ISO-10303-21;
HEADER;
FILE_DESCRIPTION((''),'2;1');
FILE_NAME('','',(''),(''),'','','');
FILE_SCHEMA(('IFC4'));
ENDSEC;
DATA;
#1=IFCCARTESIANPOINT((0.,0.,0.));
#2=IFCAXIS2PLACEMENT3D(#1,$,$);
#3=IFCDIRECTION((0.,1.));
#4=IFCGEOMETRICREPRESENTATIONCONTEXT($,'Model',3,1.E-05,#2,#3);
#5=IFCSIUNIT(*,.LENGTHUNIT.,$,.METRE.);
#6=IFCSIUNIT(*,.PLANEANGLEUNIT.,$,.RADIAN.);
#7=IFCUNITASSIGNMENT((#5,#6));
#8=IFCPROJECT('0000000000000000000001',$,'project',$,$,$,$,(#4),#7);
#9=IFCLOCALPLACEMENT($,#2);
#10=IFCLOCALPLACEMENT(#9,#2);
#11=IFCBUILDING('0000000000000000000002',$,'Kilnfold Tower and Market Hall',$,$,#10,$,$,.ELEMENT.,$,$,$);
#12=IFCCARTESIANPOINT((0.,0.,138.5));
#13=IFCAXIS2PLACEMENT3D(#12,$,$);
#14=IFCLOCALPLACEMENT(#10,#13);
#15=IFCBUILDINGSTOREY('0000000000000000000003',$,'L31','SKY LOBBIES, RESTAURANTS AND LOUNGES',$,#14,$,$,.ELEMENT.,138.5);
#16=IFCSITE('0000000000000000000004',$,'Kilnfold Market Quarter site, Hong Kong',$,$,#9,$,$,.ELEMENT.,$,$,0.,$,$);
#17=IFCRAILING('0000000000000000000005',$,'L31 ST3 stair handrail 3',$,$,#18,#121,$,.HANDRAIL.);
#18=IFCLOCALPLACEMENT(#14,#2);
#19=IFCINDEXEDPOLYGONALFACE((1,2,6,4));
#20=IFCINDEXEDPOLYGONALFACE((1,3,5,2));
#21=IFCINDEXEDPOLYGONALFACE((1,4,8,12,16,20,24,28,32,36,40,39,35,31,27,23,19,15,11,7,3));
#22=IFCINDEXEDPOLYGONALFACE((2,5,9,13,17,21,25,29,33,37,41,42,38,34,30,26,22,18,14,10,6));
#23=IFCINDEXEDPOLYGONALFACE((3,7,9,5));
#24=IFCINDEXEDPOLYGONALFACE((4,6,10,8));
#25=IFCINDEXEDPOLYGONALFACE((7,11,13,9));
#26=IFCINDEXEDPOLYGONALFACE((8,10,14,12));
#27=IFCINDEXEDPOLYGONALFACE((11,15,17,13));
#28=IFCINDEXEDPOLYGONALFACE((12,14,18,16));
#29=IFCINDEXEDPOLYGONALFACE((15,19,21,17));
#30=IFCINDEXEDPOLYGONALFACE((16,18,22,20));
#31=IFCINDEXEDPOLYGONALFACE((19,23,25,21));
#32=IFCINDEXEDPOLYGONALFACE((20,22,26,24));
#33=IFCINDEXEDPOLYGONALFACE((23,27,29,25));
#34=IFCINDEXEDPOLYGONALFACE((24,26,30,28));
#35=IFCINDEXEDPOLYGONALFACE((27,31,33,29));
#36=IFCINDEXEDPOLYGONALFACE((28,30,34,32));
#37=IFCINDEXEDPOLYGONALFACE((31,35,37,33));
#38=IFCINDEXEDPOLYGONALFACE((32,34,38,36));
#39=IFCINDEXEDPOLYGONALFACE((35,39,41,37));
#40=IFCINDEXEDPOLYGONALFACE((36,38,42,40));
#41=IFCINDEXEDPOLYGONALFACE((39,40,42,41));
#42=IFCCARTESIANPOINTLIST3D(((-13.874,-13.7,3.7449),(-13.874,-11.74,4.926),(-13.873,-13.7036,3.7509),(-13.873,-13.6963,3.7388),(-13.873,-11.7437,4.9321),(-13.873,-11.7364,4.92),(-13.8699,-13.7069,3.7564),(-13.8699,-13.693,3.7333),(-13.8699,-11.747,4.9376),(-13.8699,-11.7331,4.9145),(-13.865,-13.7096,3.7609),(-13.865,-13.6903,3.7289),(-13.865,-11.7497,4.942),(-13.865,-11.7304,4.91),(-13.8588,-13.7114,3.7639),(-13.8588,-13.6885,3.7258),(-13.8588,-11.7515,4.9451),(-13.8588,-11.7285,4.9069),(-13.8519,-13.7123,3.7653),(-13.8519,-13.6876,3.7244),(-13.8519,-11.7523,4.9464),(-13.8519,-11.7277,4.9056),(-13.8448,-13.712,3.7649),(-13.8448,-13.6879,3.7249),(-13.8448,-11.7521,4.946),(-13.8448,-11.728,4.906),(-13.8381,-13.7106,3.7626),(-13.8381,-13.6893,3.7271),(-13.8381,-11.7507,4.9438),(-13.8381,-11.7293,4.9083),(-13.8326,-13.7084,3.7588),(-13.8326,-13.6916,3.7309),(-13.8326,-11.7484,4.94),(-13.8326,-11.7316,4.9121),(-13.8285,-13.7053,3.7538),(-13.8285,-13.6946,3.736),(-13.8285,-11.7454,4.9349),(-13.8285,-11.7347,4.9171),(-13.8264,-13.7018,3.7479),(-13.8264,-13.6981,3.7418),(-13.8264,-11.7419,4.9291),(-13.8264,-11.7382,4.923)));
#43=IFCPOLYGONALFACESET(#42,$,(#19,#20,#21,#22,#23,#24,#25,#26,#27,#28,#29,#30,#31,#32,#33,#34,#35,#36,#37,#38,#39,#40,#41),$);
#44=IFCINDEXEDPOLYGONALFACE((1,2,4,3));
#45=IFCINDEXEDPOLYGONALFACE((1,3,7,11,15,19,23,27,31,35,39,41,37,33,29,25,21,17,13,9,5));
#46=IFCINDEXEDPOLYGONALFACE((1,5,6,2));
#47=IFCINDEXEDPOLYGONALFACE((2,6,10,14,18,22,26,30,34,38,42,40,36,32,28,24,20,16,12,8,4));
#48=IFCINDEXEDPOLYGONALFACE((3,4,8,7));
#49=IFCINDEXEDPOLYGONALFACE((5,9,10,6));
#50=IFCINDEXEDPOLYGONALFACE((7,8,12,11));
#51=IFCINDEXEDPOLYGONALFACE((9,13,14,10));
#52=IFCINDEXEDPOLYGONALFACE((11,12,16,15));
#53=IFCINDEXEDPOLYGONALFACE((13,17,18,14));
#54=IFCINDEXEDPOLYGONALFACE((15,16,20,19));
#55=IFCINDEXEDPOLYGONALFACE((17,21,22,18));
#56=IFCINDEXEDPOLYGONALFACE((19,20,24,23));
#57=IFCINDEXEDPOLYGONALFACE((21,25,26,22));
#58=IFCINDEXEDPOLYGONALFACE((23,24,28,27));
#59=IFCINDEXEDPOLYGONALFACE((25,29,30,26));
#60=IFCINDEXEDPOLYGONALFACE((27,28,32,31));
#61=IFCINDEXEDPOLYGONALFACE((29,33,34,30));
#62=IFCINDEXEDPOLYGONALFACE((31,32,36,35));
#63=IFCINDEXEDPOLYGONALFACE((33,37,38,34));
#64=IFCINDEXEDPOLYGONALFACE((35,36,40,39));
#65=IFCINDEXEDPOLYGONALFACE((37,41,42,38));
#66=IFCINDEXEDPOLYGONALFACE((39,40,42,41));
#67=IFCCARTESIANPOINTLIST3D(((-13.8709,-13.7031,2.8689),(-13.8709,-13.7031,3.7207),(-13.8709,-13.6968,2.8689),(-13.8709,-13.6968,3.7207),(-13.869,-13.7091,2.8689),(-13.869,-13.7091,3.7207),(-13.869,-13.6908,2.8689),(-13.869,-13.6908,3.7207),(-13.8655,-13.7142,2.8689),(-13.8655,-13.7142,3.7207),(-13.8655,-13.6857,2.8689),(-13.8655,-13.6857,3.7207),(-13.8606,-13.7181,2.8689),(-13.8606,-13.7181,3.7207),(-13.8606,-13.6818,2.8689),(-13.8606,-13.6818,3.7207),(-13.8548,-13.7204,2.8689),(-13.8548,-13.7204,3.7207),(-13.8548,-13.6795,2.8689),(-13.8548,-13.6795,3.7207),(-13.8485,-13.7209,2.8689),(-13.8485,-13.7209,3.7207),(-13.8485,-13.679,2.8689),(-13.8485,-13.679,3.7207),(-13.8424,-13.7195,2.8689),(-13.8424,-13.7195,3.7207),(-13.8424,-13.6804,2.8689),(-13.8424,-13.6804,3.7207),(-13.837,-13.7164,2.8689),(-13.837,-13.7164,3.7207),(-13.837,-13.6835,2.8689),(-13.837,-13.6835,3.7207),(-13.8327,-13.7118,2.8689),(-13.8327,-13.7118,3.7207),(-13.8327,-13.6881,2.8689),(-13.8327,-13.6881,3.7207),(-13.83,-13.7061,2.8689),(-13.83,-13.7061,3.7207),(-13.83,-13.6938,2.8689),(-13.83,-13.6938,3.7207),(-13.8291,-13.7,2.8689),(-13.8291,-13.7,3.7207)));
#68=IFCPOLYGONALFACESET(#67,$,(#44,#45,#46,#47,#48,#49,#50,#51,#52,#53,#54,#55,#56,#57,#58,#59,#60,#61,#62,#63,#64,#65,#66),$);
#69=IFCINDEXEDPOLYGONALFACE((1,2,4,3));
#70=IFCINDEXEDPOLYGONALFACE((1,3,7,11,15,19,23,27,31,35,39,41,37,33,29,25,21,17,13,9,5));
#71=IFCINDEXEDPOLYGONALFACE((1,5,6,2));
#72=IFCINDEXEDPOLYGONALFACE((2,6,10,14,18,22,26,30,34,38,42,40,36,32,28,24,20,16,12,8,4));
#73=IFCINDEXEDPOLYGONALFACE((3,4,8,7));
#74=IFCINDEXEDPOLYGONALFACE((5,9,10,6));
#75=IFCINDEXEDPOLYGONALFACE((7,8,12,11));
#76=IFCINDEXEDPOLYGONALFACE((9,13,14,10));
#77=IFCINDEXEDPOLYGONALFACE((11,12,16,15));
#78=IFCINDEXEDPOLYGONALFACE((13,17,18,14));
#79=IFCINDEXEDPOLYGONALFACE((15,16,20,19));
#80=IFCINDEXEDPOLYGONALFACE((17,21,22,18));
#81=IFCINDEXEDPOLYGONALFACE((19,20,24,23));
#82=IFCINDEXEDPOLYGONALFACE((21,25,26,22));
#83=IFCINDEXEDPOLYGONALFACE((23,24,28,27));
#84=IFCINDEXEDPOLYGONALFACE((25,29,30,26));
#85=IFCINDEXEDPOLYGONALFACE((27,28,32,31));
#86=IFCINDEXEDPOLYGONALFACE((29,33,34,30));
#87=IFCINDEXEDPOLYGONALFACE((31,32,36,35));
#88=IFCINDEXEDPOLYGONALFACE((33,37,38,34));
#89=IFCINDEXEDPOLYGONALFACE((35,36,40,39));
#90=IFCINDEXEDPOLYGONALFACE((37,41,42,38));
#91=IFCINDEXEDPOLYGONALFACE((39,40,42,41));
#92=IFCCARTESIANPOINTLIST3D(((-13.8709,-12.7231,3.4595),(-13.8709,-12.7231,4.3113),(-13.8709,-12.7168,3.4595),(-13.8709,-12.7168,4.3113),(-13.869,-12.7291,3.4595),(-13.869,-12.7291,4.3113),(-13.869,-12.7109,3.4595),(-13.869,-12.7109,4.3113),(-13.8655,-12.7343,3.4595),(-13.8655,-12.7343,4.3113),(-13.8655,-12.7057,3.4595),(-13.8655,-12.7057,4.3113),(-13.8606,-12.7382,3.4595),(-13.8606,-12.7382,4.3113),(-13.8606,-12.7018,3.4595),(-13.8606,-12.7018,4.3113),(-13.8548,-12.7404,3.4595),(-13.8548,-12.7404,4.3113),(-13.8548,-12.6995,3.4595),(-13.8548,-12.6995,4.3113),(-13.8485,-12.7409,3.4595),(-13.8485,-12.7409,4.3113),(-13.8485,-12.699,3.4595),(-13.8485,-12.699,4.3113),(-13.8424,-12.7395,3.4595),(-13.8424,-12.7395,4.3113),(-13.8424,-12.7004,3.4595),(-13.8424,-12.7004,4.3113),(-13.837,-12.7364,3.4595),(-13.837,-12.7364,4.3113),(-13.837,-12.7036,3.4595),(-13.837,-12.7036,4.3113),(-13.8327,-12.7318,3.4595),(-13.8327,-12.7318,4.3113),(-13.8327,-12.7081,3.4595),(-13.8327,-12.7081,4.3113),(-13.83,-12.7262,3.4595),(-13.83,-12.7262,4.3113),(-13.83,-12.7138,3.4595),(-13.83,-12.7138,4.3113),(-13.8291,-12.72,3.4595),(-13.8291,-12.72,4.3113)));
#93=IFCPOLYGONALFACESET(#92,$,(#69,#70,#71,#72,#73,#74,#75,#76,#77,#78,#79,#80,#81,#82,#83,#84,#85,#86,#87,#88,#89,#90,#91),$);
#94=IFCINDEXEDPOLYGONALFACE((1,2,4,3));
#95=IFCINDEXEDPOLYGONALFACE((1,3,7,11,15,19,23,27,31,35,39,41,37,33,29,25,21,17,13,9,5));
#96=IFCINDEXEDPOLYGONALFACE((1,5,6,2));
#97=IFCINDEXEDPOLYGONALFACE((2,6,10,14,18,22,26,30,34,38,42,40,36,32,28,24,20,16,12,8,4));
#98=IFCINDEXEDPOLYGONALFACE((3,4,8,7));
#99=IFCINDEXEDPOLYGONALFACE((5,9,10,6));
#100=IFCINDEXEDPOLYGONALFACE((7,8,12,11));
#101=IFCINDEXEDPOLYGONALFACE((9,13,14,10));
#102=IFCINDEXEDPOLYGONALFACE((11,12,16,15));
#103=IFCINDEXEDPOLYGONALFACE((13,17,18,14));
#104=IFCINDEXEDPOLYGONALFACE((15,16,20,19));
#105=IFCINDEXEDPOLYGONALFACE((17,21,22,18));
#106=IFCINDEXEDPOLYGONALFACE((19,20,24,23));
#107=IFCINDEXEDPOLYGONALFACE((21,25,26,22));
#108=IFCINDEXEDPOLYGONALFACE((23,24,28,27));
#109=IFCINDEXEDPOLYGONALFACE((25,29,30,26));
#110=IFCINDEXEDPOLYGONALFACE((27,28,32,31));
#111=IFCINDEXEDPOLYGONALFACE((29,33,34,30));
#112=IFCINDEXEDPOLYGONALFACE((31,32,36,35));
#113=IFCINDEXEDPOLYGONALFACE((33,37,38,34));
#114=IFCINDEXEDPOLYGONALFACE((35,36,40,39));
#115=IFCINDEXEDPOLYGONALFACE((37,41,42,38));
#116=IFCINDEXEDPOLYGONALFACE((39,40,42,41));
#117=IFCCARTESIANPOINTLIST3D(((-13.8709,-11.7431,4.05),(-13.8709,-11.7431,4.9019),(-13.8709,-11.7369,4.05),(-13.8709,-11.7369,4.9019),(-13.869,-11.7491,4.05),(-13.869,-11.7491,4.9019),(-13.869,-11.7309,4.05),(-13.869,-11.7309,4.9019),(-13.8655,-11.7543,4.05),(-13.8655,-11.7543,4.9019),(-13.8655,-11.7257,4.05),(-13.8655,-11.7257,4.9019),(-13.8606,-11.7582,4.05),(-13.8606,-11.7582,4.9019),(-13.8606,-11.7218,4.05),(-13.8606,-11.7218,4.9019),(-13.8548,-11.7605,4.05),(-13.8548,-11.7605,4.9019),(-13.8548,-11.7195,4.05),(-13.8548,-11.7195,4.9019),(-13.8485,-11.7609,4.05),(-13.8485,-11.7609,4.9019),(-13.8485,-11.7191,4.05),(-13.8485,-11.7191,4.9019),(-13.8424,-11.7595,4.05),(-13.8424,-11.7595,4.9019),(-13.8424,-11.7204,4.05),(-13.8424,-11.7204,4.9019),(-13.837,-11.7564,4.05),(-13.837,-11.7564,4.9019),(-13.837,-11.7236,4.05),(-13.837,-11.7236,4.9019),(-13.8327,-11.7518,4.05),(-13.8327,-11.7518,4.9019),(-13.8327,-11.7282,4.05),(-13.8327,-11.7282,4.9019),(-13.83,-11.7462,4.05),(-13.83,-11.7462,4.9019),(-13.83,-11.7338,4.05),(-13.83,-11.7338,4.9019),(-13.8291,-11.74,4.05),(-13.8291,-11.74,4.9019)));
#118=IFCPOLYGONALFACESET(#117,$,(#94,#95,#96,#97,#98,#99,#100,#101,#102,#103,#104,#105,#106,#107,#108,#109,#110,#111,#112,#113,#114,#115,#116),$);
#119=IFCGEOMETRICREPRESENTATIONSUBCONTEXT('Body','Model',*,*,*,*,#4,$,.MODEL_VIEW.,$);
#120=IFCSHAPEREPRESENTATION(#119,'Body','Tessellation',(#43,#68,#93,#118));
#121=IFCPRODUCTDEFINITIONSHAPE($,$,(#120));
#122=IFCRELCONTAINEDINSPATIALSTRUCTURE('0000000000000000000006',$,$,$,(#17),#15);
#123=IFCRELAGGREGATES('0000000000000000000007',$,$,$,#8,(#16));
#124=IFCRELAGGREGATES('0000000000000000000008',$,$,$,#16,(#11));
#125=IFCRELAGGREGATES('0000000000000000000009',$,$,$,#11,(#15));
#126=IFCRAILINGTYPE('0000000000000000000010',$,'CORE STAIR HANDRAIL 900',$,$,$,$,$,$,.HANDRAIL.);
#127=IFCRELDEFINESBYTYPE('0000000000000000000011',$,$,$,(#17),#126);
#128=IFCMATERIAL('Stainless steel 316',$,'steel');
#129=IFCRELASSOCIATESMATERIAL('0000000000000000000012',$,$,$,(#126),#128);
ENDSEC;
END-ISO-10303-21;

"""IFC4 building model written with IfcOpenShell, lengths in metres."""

from ifc_helpers import new_model, si_unit, direction, frame, origin, origin_2d, place, context, subcontext, project, spatial, circle, extrude, material, type_object, element, save


model = new_model("IFC4")

# Units and contexts
model_context = context("Model", 3, precision=1e-05, world=origin(), true_north=direction((0.0, 1.0)))
body_context = subcontext(model_context, "Body", "Model", "MODEL_VIEW")
ifc_project = project(units=[si_unit("LENGTHUNIT", "METRE"), si_unit("PLANEANGLEUNIT", "RADIAN")], contexts=[model_context])

# Site, building, storey
site_placement = place(None, origin())
site = spatial("IfcSite", under=ifc_project, at=site_placement, Name="Kilnfold Market Quarter site, Hong Kong", CompositionType="ELEMENT", RefElevation=0.0)
building_placement = place(site_placement, origin())
building = spatial("IfcBuilding", under=site, at=building_placement, Name="Kilnfold Tower and Market Hall", CompositionType="ELEMENT")
storey_placement = place(building_placement, frame((0.0, 0.0, 138.5)))
storey = spatial("IfcBuildingStorey", under=building, at=storey_placement, Name="L31", Description="SKY LOBBIES, RESTAURANTS AND LOUNGES", CompositionType="ELEMENT", Elevation=138.5)

# Railing
ifc_material_1 = material(Name="Stainless steel 316", Category="steel")
railing_type_1 = type_object("IfcRailingType", Name="CORE STAIR HANDRAIL 900", PredefinedType="HANDRAIL", material=ifc_material_1)
railing_1_placement = place(storey_placement, frame((-13.8501, -13.7, 2.8689)))
element("IfcRailing", 1, at=railing_1_placement, inside=storey, type_object=railing_type_1, Name="L31 ST3 stair handrail 3", PredefinedType="HANDRAIL", context=body_context, shape_type="SweptSolid", body=[
    extrude(circle(Radius=0.0239, at=origin_2d()), frame((0.0, 0.0, 0.876), z_axis=(0.0, 0.856493, 0.516158), x_axis=(-1.0, 0.0, 0.0)), (0.0, 0.0, 1.0), 2.2883),
    extrude(circle(Radius=0.021, at=origin_2d()), origin(), (0.0, 0.0, 1.0), 0.8518),
    extrude(circle(Radius=0.021, at=origin_2d()), frame((0.0, 0.98, 0.5906)), (0.0, 0.0, 1.0), 0.8518),
    extrude(circle(Radius=0.021, at=origin_2d()), frame((0.0, 1.96, 1.1812)), (0.0, 0.0, 1.0), 0.8518),
])

save(model, "model.ifc")
